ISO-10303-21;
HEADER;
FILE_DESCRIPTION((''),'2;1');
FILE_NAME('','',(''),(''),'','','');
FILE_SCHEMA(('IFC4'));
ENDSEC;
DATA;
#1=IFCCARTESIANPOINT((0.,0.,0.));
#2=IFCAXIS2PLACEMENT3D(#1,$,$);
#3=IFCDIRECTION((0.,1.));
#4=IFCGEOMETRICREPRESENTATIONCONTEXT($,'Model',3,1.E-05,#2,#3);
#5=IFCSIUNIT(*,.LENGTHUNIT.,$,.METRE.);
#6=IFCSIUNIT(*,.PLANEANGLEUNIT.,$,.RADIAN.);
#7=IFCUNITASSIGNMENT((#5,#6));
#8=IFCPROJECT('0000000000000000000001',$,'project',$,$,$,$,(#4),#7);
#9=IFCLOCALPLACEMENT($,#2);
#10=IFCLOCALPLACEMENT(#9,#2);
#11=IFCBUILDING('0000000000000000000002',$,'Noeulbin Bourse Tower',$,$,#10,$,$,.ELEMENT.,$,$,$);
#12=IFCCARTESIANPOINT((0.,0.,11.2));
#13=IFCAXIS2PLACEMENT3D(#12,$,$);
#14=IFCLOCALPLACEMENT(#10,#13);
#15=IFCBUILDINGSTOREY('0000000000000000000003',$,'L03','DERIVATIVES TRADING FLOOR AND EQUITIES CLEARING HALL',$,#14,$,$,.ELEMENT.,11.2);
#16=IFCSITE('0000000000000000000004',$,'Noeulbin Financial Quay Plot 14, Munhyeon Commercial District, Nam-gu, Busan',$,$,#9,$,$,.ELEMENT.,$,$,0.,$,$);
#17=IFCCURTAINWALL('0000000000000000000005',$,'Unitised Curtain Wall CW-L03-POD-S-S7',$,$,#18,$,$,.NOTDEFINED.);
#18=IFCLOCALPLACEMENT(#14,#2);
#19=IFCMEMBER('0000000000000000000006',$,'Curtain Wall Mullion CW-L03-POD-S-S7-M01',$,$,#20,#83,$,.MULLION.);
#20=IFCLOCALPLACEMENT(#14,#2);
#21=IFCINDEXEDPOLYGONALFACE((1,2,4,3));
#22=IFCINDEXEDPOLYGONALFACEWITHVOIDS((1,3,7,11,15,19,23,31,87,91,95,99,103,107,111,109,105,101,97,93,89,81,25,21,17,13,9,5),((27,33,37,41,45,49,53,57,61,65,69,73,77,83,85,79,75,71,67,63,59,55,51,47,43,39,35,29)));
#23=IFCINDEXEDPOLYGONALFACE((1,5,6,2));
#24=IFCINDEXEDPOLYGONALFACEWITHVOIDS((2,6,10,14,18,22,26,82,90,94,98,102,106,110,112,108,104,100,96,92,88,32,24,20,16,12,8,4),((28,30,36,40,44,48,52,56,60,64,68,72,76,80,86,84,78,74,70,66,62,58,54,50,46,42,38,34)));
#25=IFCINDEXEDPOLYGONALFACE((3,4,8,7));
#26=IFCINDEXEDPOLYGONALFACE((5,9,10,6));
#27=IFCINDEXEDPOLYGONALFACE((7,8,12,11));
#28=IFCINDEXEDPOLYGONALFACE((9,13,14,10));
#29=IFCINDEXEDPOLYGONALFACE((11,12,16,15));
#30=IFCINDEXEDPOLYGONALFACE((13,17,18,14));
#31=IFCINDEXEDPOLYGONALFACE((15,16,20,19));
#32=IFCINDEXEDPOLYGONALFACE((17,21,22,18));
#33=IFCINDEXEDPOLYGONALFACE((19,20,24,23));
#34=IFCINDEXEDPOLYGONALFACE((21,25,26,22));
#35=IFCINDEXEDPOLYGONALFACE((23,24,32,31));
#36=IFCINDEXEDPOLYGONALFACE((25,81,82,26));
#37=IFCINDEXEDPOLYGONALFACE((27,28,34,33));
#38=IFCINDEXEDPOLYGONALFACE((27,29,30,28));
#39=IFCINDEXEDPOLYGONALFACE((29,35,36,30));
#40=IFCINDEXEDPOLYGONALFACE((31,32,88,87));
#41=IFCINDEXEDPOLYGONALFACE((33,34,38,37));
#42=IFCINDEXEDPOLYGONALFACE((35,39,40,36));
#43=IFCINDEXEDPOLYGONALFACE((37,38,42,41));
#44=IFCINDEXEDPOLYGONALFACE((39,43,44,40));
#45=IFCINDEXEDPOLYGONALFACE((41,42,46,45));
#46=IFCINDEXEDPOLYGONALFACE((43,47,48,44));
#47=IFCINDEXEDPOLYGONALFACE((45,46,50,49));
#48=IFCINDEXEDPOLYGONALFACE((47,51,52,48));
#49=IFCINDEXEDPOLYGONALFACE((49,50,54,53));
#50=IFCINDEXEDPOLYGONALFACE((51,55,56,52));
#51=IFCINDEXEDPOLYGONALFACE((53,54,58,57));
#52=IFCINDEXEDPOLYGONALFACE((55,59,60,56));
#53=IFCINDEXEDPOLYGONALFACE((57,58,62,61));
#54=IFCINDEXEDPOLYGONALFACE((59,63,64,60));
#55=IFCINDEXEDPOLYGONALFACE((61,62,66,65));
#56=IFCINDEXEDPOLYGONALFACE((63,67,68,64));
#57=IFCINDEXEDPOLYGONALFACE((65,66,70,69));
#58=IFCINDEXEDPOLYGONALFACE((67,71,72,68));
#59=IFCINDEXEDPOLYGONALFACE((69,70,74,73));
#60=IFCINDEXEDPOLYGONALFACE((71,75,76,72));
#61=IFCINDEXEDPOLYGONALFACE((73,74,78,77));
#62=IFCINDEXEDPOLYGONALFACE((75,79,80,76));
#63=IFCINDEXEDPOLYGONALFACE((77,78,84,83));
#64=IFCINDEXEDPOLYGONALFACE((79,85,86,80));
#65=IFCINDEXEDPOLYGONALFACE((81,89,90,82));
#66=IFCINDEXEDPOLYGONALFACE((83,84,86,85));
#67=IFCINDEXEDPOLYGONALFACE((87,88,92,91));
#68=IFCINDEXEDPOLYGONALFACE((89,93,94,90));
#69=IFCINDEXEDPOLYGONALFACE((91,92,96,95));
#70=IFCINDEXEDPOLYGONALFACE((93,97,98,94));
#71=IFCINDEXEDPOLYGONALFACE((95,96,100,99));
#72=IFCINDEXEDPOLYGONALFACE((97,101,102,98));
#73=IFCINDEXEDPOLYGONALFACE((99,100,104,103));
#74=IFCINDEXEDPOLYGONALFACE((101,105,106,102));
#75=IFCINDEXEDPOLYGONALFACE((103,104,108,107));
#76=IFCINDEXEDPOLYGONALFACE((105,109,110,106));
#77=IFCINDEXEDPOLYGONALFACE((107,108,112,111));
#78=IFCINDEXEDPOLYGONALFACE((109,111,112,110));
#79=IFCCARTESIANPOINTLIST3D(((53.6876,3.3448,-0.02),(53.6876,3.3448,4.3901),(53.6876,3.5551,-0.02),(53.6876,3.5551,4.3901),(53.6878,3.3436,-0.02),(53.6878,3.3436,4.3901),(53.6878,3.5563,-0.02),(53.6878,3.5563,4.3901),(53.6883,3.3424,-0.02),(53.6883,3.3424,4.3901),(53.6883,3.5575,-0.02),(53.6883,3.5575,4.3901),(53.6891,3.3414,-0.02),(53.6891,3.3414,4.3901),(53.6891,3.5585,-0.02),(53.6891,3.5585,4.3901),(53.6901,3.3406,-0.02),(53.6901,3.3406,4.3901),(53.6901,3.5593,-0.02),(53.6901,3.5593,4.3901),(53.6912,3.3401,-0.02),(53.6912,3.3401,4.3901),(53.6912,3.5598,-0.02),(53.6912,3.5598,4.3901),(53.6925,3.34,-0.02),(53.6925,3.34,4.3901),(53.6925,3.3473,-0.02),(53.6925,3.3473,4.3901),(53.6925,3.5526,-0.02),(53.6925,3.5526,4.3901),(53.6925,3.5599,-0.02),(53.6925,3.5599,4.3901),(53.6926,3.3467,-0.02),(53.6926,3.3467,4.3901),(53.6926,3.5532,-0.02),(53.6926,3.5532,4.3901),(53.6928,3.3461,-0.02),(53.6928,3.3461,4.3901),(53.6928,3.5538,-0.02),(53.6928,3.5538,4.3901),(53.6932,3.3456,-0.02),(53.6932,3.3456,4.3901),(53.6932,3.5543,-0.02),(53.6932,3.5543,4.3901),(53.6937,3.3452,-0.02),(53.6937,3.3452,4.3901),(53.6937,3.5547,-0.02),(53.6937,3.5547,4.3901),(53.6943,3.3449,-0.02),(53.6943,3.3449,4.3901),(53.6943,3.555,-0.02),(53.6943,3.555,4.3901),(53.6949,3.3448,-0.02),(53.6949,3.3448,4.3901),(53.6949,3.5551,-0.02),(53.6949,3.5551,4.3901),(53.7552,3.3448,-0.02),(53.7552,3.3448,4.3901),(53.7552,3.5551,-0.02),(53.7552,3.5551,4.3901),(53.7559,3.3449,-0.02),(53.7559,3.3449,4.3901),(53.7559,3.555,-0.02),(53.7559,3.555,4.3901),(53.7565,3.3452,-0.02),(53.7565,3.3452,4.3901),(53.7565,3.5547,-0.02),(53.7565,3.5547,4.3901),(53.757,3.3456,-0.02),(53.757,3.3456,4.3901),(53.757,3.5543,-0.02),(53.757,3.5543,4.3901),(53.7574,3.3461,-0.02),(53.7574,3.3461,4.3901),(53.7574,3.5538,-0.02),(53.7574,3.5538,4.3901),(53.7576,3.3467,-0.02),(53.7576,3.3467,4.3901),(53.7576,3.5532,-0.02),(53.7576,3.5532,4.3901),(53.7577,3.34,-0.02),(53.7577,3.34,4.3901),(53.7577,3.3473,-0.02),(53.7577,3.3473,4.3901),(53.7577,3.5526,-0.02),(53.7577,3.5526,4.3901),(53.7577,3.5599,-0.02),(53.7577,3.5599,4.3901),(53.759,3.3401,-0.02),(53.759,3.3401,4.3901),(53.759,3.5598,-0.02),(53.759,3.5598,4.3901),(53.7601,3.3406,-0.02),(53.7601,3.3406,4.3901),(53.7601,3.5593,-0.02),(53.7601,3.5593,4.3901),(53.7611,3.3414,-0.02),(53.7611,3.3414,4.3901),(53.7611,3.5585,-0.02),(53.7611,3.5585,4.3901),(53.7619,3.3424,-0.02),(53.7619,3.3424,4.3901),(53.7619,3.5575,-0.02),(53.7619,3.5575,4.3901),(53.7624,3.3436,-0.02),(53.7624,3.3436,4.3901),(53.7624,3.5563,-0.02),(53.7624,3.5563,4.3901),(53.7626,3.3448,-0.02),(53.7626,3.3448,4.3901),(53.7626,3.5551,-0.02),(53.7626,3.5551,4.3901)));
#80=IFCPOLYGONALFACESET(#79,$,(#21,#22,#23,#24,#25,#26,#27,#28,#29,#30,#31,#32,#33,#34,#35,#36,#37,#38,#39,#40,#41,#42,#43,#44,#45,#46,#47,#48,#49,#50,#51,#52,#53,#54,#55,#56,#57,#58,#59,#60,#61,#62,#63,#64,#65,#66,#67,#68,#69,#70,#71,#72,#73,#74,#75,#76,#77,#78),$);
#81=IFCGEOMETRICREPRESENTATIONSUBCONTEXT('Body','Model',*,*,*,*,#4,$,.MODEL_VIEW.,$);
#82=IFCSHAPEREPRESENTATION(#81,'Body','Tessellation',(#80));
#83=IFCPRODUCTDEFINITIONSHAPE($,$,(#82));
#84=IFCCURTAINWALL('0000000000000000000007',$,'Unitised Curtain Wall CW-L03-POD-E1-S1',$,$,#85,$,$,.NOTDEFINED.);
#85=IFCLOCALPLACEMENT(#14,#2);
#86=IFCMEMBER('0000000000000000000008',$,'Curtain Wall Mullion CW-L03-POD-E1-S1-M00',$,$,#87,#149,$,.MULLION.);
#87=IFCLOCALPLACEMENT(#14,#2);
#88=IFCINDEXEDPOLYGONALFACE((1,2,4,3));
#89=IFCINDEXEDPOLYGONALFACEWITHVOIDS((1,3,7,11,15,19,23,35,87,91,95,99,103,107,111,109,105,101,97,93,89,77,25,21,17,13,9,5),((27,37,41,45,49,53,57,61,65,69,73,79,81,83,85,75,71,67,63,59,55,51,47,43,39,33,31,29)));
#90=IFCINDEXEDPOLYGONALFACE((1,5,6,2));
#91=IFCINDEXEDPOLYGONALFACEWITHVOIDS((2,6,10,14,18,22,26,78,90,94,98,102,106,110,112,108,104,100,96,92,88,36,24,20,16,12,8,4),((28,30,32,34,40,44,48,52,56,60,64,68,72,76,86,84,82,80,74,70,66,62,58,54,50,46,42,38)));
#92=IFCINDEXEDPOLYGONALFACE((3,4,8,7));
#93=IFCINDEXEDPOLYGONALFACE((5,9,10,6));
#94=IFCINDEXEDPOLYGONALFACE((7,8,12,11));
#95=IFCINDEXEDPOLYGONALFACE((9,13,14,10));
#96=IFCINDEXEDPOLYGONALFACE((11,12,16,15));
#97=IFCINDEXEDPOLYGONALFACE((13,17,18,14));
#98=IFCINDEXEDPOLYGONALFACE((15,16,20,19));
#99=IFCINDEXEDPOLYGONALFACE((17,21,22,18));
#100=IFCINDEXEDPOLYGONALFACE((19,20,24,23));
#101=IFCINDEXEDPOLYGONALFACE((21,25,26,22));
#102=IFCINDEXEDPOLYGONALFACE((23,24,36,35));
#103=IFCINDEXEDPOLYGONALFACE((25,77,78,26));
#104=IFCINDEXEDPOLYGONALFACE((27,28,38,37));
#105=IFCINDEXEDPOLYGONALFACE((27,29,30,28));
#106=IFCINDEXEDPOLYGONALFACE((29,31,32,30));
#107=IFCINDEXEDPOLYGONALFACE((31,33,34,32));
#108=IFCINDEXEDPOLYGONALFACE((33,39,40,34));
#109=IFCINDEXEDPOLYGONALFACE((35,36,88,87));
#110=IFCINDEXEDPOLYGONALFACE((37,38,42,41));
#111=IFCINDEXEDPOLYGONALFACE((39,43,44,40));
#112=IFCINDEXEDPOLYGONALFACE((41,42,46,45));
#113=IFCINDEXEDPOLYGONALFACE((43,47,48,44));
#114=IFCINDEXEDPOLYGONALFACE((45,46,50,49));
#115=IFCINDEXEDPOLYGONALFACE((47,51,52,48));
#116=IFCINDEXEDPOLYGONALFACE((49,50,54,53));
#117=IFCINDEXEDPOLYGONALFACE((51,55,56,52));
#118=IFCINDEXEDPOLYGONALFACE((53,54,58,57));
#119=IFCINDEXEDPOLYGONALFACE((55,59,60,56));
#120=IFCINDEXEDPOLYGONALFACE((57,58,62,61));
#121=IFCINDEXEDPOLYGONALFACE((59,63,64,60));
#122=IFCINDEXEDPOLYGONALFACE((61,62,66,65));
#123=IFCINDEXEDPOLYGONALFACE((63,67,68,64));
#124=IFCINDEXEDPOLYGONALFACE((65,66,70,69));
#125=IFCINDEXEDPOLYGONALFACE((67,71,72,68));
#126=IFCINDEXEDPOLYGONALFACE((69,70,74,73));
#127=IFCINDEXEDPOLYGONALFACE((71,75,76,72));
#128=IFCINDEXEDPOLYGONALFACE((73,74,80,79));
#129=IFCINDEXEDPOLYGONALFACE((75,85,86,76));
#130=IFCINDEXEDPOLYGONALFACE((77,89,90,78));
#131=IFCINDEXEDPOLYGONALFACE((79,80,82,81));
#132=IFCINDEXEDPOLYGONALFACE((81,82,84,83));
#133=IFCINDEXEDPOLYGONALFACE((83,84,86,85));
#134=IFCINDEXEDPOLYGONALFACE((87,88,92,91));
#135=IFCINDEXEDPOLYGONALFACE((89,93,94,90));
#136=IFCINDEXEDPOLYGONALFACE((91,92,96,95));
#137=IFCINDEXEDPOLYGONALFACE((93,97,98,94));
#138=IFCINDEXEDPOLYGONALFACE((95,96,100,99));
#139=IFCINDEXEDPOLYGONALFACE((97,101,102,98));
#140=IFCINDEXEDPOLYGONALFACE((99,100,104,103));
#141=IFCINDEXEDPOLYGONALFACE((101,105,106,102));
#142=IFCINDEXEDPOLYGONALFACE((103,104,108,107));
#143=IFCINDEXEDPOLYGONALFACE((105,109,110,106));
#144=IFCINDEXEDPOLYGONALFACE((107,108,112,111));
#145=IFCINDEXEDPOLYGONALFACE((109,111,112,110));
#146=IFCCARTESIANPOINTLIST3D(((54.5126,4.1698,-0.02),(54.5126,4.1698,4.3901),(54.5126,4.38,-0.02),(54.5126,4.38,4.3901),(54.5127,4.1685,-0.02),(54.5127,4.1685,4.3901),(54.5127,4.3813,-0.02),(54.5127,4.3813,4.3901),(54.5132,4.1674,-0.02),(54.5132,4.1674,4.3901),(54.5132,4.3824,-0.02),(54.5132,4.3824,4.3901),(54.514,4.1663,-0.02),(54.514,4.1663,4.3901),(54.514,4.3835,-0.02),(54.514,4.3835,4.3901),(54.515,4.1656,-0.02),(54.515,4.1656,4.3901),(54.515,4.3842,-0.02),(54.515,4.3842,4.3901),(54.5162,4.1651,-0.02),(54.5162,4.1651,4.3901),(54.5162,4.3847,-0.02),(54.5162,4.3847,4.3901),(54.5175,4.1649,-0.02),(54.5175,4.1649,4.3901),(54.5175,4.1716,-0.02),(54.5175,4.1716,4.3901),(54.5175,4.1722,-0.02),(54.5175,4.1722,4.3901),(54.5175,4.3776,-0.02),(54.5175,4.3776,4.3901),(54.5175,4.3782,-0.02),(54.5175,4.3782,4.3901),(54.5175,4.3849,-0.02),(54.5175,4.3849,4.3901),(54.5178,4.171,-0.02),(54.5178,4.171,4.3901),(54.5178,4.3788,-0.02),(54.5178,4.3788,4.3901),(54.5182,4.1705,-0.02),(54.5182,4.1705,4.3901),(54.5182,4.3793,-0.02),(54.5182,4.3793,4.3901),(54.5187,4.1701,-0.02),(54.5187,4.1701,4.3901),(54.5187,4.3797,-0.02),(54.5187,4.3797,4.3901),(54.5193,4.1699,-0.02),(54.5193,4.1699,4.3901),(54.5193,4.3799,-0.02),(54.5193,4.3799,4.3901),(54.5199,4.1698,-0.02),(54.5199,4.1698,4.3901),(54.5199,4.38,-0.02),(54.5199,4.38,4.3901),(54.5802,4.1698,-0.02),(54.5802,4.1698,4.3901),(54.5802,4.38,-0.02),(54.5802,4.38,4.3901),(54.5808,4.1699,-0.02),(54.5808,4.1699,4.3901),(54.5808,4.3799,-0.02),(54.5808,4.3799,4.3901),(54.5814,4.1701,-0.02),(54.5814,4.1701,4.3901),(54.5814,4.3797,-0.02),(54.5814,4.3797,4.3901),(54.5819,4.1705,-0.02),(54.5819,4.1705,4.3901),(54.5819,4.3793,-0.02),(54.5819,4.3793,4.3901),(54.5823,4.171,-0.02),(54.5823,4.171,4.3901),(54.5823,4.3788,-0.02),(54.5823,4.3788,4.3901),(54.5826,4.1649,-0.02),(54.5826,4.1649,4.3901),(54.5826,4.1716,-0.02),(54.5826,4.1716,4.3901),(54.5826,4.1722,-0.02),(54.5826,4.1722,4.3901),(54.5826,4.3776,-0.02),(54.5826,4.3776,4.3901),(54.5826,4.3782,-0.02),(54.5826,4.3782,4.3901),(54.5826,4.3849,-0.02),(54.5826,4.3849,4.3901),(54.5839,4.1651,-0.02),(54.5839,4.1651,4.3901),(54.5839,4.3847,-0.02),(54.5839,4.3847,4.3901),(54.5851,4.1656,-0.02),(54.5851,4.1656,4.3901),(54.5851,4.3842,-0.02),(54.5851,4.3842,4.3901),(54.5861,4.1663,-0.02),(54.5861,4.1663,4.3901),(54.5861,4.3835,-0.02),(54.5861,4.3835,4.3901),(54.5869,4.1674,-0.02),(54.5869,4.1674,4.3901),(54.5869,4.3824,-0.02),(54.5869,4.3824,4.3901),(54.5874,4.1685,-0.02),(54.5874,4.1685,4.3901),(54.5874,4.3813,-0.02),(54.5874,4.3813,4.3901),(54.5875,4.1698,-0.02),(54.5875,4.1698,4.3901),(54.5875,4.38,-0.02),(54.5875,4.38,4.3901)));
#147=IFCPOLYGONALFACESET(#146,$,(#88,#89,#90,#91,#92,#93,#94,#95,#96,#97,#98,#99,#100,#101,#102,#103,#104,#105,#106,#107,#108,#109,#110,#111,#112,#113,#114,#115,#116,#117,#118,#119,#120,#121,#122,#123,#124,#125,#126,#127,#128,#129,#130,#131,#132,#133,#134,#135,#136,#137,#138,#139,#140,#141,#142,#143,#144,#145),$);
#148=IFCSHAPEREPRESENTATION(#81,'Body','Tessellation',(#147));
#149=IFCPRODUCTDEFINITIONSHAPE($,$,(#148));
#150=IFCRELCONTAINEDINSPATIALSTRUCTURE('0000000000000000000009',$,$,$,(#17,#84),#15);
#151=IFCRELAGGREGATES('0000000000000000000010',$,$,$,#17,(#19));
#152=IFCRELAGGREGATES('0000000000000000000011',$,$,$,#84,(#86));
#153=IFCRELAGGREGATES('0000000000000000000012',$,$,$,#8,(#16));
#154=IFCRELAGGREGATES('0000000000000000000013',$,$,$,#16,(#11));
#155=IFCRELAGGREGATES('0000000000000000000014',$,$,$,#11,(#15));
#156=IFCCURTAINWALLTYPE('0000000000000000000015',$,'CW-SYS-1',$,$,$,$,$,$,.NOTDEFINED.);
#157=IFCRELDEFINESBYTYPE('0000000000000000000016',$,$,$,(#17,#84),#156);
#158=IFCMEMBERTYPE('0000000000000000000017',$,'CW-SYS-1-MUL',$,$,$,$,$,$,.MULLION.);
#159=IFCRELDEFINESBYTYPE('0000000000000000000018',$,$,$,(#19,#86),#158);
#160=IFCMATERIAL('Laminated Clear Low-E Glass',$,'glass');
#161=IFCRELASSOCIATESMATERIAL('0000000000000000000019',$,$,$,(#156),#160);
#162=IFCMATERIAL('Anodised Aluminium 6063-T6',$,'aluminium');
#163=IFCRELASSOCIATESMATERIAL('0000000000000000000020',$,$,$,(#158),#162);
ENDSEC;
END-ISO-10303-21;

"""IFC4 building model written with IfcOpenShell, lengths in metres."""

from ifc_helpers import new_model, si_unit, direction, frame, origin, origin_2d, place, context, subcontext, project, spatial, hollow_rectangle, extrude, material, material_profile, profile_set, type_object, element, aggregate, save


model = new_model("IFC4")

# Units and contexts
model_context = context("Model", 3, precision=1e-05, world=origin(), true_north=direction((0.0, 1.0)))
body_context = subcontext(model_context, "Body", "Model", "MODEL_VIEW")
ifc_project = project(units=[si_unit("LENGTHUNIT", "METRE"), si_unit("PLANEANGLEUNIT", "RADIAN")], contexts=[model_context])

# Site, building, storey
site_placement = place(None, origin())
site = spatial("IfcSite", under=ifc_project, at=site_placement, Name="Noeulbin Financial Quay Plot 14, Munhyeon Commercial District, Nam-gu, Busan", CompositionType="ELEMENT", RefElevation=0.0)
building_placement = place(site_placement, origin())
building = spatial("IfcBuilding", under=site, at=building_placement, Name="Noeulbin Bourse Tower", CompositionType="ELEMENT")
storey_placement = place(building_placement, frame((0.0, 0.0, 11.2)))
storey = spatial("IfcBuildingStorey", under=building, at=storey_placement, Name="L03", Description="DERIVATIVES TRADING FLOOR AND EQUITIES CLEARING HALL", CompositionType="ELEMENT", Elevation=11.2)

# Shared definitions
ifc_material_1 = material(Name="Laminated Clear Low-E Glass", Category="glass")
curtain_wall_type = type_object("IfcCurtainWallType", Name="CW-SYS-1", PredefinedType="NOTDEFINED", material=ifc_material_1)
ifc_material_2 = material(Name="Anodised Aluminium 6063-T6", Category="aluminium")
ifc_material_profile_1 = material_profile(ifc_material_2, hollow_rectangle(XDim=0.075, YDim=0.22, WallThickness=0.0049, InnerFilletRadius=0.0024, OuterFilletRadius=0.0049, at=origin_2d()), Name="ALU-MULL-75x220x5", Category="LoadBearing")
ifc_profile_set_1 = profile_set([ifc_material_profile_1], Name="Anodised Aluminium 6063-T6")
member_type_1 = type_object("IfcMemberType", Name="CW-SYS-1-MUL", PredefinedType="MULLION", material=ifc_profile_set_1)

# Curtain walls, members
curtain_wall_1_placement = place(storey_placement, origin())
curtain_wall_1 = element("IfcCurtainWall", 1, at=curtain_wall_1_placement, inside=storey, type_object=curtain_wall_type, Name="Unitised Curtain Wall CW-L03-POD-S-S7", PredefinedType="NOTDEFINED")
member_1_placement = place(storey_placement, frame((53.7251, 3.45, -0.02), z_axis=(0.0, 0.0, 1.0), x_axis=(1.0, 0.0, 0.0)))
member_1 = element("IfcMember", 2, at=member_1_placement, type_object=member_type_1, Name="Curtain Wall Mullion CW-L03-POD-S-S7-M01", PredefinedType="MULLION", context=body_context, shape_type="SweptSolid", body=[
    extrude(hollow_rectangle(XDim=0.075, YDim=0.22, WallThickness=0.0049, InnerFilletRadius=0.0024, OuterFilletRadius=0.0049, at=origin_2d()), origin(), (0.0, 0.0, 1.0), 4.4102),
])
curtain_wall_2_placement = place(storey_placement, origin())
curtain_wall_2 = element("IfcCurtainWall", 3, at=curtain_wall_2_placement, inside=storey, type_object=curtain_wall_type, Name="Unitised Curtain Wall CW-L03-POD-E1-S1", PredefinedType="NOTDEFINED")
member_2_placement = place(storey_placement, frame((54.55, 4.2749, -0.02), z_axis=(0.0, 0.0, 1.0), x_axis=(1.0, 0.0, 0.0)))
member_2 = element("IfcMember", 4, at=member_2_placement, type_object=member_type_1, Name="Curtain Wall Mullion CW-L03-POD-E1-S1-M00", PredefinedType="MULLION", context=body_context, shape_type="SweptSolid", body=[
    extrude(hollow_rectangle(XDim=0.075, YDim=0.22, WallThickness=0.0049, InnerFilletRadius=0.0024, OuterFilletRadius=0.0049, at=origin_2d()), origin(), (0.0, 0.0, 1.0), 4.4102),
])

aggregate(curtain_wall_1, [member_1])
aggregate(curtain_wall_2, [member_2])

save(model, "model.ifc")
